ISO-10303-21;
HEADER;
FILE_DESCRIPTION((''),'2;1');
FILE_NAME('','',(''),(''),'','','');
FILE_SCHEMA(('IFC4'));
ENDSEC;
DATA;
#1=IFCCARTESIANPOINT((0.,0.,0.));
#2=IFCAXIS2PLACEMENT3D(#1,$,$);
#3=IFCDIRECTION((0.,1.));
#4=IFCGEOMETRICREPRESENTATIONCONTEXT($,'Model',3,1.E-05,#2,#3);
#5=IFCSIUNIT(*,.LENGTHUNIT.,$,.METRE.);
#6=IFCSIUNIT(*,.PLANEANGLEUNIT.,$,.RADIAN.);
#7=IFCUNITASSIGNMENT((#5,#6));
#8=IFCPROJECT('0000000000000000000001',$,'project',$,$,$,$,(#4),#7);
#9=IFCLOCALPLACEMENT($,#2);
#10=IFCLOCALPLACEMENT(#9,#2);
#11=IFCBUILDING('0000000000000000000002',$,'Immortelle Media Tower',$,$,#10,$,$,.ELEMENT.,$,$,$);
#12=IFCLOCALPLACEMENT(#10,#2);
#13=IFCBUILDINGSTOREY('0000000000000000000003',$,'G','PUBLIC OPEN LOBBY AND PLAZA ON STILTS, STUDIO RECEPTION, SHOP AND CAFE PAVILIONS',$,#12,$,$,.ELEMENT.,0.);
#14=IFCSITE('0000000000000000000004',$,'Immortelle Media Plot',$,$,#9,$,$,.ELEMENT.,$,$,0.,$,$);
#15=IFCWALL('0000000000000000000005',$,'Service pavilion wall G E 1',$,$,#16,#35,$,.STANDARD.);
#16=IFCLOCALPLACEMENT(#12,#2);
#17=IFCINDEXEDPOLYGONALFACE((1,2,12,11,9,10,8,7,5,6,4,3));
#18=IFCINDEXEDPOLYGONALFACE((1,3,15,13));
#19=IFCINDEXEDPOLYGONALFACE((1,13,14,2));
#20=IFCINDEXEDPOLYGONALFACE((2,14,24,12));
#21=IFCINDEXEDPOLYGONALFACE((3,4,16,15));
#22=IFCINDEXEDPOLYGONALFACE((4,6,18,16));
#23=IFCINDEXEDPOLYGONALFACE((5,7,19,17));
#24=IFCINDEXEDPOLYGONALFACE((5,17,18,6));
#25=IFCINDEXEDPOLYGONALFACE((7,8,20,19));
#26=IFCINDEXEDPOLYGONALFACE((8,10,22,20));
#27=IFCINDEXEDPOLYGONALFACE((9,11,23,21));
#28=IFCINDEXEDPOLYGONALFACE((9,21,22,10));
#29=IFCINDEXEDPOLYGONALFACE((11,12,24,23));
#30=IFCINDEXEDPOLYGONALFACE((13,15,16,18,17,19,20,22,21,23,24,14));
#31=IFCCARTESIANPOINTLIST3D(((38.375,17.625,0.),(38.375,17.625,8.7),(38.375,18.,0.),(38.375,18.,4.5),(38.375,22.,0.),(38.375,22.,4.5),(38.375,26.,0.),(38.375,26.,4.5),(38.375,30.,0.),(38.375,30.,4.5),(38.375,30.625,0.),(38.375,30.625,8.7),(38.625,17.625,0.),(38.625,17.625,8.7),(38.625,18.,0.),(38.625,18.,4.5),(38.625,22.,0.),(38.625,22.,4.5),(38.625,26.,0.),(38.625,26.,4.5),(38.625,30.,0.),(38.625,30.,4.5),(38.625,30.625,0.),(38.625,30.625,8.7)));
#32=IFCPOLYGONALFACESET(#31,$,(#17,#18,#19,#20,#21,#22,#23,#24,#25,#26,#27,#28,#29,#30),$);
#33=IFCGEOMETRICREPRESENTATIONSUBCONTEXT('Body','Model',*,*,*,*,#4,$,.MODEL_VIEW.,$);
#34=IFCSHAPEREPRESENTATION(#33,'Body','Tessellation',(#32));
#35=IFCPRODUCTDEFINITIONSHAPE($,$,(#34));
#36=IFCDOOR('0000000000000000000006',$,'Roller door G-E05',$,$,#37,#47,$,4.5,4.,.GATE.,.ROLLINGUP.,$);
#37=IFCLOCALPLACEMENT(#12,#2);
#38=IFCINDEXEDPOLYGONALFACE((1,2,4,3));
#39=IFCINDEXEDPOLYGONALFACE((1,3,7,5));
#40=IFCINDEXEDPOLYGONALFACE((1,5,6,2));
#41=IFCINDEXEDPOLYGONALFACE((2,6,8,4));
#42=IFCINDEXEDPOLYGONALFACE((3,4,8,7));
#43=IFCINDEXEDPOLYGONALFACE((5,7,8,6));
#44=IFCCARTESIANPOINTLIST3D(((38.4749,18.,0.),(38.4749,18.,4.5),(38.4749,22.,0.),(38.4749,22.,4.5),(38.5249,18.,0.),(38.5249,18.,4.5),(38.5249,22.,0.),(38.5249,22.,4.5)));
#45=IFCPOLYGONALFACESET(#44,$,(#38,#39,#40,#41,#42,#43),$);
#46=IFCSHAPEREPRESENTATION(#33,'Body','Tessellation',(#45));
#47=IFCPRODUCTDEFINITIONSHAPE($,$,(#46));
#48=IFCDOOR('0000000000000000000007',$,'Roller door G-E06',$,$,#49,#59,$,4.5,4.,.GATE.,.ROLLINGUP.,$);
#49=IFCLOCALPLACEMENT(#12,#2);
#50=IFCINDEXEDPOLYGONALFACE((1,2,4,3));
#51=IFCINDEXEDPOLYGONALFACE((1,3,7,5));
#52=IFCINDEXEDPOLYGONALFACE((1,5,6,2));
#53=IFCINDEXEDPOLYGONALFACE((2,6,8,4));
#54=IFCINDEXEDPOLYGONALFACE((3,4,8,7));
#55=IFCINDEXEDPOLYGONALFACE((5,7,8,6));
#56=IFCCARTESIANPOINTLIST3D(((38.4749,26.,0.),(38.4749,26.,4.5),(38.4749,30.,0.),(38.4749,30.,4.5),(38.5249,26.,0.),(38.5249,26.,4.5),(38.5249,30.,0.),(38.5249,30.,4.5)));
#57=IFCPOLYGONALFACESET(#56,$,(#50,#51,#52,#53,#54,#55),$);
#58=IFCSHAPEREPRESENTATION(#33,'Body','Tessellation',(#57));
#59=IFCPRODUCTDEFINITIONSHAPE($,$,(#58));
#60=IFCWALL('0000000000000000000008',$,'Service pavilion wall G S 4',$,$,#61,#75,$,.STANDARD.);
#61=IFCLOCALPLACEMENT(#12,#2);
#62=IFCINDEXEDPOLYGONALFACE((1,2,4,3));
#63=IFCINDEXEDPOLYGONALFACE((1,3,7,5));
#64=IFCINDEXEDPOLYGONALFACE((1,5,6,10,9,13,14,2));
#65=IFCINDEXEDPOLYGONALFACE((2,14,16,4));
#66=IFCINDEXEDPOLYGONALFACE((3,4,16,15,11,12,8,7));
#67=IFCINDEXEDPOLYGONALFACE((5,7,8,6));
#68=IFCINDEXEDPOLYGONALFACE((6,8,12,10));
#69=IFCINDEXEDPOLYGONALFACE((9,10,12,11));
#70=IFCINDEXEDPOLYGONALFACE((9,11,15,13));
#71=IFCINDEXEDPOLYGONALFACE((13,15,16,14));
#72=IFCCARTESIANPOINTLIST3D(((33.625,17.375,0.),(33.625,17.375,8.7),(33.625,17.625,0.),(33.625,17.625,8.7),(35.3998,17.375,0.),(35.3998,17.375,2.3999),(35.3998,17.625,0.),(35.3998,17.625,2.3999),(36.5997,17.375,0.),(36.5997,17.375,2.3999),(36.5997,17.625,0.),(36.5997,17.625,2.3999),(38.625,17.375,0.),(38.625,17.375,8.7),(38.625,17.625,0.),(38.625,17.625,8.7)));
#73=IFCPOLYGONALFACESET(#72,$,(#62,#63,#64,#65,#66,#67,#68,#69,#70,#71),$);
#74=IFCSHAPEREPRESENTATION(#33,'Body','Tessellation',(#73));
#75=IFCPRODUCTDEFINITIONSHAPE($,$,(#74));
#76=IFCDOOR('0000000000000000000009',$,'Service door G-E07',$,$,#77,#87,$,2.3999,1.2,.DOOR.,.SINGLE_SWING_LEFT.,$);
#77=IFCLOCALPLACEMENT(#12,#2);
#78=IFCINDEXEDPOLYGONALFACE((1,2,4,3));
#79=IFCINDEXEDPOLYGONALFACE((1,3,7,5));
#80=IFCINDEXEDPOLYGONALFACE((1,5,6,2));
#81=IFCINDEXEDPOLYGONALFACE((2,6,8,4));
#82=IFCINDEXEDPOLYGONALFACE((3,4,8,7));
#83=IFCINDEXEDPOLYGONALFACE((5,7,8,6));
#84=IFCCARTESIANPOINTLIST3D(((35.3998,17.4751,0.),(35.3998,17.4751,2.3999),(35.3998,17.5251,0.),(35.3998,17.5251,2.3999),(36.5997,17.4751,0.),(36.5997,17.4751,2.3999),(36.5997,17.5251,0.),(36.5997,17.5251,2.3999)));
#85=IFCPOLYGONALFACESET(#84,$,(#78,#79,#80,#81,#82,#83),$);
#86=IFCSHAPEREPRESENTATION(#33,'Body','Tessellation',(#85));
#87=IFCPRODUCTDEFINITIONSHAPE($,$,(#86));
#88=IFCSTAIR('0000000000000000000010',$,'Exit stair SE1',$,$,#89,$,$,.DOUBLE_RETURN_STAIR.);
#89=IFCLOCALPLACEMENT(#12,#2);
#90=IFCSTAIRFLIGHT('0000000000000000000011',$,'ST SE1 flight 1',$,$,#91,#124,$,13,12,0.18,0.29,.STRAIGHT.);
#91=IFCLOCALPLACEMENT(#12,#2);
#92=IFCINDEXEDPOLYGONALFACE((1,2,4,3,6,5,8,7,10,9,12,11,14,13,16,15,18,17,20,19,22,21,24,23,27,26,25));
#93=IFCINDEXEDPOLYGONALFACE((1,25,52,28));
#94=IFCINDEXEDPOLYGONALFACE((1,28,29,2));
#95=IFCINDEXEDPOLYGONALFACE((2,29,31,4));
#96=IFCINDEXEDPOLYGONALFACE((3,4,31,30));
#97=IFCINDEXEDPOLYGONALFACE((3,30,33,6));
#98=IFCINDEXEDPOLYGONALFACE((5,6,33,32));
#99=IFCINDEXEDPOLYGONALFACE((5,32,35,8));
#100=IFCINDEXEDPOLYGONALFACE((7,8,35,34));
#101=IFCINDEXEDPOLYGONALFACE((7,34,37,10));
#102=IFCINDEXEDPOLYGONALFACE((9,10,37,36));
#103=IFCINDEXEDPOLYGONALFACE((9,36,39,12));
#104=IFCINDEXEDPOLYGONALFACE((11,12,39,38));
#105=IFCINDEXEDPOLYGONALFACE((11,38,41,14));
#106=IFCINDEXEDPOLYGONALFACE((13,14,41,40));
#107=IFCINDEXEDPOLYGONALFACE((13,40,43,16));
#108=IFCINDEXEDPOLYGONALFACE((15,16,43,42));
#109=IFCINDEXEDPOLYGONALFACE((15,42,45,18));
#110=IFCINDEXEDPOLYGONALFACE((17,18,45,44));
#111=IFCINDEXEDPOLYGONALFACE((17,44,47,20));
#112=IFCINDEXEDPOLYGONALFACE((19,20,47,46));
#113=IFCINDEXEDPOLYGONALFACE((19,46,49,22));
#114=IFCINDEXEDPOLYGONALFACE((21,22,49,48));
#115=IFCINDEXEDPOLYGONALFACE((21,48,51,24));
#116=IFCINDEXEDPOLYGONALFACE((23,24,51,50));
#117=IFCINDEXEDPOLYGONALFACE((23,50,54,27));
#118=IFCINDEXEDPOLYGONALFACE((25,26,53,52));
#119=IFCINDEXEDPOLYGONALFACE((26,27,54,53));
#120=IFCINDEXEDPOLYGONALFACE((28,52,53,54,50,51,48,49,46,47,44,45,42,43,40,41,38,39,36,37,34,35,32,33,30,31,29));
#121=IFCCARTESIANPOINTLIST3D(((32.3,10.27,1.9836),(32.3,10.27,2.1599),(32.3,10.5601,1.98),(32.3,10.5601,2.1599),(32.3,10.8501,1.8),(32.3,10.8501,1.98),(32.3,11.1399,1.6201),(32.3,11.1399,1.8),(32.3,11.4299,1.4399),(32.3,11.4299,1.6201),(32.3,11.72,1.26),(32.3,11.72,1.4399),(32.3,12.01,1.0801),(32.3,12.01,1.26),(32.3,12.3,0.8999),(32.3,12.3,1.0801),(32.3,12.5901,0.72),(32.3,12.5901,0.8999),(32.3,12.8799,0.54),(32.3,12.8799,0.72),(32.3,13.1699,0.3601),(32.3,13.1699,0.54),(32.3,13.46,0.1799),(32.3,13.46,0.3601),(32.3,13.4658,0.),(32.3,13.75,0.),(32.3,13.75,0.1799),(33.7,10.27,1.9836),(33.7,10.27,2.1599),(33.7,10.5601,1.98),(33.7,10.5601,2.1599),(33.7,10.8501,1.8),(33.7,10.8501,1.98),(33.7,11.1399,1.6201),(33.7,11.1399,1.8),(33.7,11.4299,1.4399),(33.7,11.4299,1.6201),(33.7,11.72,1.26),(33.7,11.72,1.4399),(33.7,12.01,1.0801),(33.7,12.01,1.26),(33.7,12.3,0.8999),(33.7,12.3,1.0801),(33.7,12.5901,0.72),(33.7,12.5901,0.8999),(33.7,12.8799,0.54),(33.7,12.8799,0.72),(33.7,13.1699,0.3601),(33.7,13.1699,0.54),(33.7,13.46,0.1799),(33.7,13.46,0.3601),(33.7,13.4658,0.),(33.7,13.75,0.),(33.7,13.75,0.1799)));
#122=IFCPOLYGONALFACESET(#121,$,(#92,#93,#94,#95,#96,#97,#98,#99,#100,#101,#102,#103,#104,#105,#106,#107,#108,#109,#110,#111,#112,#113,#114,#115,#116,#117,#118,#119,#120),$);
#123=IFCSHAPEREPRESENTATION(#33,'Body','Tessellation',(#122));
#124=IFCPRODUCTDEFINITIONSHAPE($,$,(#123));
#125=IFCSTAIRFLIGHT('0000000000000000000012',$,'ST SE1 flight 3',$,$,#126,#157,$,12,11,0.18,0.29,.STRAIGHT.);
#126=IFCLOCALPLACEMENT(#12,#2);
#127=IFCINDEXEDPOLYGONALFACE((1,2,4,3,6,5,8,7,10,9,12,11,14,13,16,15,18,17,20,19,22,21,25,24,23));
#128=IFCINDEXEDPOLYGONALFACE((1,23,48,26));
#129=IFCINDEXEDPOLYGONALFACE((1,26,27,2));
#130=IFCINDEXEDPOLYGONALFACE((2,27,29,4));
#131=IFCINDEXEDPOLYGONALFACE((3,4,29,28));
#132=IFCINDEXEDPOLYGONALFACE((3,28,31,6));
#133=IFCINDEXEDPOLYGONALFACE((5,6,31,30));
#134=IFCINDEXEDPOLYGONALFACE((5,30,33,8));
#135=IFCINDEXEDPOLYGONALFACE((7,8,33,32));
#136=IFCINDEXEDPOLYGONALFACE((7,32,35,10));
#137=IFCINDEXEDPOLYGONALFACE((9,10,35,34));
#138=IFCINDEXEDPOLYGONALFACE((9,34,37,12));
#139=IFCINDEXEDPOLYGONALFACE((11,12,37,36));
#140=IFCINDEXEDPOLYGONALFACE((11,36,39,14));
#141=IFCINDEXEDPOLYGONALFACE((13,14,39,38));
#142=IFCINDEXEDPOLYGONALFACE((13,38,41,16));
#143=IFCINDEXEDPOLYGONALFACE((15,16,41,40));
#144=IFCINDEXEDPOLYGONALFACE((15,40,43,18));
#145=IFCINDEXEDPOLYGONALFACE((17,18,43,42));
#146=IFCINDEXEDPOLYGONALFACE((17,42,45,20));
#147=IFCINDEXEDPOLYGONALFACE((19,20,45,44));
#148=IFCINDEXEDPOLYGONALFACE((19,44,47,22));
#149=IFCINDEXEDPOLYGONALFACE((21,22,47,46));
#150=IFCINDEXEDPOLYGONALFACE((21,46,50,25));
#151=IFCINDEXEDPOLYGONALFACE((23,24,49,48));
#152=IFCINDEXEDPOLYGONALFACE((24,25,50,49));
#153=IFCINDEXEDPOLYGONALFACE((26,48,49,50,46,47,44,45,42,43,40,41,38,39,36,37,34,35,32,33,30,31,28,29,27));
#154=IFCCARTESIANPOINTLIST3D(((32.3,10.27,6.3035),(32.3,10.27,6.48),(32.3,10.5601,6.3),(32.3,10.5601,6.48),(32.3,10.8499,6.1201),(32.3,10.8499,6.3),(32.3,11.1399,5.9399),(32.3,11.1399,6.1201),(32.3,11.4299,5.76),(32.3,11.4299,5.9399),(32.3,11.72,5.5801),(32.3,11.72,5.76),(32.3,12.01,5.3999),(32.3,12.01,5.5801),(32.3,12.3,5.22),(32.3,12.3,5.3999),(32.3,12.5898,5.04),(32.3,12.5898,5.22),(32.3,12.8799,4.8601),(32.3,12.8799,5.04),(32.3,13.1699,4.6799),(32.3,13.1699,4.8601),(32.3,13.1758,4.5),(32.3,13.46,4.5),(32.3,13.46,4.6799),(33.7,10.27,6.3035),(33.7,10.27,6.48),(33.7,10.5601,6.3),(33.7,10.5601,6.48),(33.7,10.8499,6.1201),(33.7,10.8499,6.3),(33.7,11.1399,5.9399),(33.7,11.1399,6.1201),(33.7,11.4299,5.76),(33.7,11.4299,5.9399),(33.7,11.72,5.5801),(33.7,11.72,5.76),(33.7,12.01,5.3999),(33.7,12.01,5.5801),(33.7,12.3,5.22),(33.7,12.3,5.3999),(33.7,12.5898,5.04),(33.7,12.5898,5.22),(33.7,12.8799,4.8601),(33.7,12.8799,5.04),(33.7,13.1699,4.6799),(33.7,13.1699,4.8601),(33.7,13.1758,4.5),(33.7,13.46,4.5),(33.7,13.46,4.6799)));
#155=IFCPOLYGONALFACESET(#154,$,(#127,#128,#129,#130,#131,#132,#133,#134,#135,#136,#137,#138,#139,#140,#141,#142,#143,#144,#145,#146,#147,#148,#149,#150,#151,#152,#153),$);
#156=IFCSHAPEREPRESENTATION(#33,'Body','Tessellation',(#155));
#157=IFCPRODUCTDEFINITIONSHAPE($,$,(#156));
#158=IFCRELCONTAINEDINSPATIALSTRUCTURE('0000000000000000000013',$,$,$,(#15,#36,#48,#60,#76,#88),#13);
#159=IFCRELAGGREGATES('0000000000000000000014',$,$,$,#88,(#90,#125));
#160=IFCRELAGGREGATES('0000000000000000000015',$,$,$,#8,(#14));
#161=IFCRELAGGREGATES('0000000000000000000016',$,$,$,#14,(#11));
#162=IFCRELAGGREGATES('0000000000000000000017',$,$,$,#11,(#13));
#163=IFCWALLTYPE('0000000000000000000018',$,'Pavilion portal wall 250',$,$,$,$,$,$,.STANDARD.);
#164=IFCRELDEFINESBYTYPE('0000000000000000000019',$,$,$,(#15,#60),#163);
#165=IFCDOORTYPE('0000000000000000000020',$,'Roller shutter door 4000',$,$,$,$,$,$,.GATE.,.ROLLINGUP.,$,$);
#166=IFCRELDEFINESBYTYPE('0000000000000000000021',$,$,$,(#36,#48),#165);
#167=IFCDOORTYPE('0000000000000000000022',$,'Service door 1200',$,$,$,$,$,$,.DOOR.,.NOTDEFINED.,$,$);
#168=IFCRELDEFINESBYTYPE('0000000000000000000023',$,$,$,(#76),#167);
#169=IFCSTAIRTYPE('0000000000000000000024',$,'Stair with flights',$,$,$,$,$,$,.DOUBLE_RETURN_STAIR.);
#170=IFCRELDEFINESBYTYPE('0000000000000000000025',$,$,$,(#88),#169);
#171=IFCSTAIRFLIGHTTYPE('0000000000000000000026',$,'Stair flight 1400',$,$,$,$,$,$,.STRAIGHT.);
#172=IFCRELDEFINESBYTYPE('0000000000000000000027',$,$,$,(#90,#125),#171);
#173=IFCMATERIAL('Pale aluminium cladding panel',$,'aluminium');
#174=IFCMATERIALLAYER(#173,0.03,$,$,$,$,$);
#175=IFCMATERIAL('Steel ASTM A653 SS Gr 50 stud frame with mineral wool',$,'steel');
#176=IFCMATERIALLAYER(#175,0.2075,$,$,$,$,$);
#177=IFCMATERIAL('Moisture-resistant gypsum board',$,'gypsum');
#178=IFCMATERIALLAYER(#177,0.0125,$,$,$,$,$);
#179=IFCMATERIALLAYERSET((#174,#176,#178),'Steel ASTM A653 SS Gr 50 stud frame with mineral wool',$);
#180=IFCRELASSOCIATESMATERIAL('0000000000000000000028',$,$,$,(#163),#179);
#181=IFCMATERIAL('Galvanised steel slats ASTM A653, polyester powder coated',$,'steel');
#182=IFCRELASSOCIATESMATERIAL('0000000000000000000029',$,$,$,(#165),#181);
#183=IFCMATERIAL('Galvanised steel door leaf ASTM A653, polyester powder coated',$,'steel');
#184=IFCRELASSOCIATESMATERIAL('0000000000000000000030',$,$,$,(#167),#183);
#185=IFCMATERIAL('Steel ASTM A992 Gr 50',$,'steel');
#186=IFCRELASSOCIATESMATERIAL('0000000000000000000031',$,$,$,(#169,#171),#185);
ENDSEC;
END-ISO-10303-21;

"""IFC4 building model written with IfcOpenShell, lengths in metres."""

from ifc_helpers import new_model, si_unit, direction, frame, frame_2d, origin, place, context, subcontext, project, spatial, polyline, rectangle, outline, extrude, material, layer, layer_set, type_object, element, fill, aggregate, save


model = new_model("IFC4")

# Units and contexts
model_context = context("Model", 3, precision=1e-05, world=origin(), true_north=direction((0.0, 1.0)))
body_context = subcontext(model_context, "Body", "Model", "MODEL_VIEW")
ifc_project = project(units=[si_unit("LENGTHUNIT", "METRE"), si_unit("PLANEANGLEUNIT", "RADIAN")], contexts=[model_context])

# Site, building, storey
site_placement = place(None, origin())
site = spatial("IfcSite", under=ifc_project, at=site_placement, Name="Immortelle Media Plot", CompositionType="ELEMENT", RefElevation=0.0)
building_placement = place(site_placement, origin())
building = spatial("IfcBuilding", under=site, at=building_placement, Name="Immortelle Media Tower", CompositionType="ELEMENT")
storey_placement = place(building_placement, origin())
storey = spatial("IfcBuildingStorey", under=building, at=storey_placement, Name="G", Description="PUBLIC OPEN LOBBY AND PLAZA ON STILTS, STUDIO RECEPTION, SHOP AND CAFE PAVILIONS", CompositionType="ELEMENT", Elevation=0.0)

# Shared definitions
ifc_material_1 = material(Name="Steel ASTM A992 Gr 50", Category="steel")

# Wall, openings, doors
ifc_material_2 = material(Name="Pale aluminium cladding panel", Category="aluminium")
ifc_layer_1 = layer(ifc_material_2, 0.03)
ifc_material_3 = material(Name="Steel ASTM A653 SS Gr 50 stud frame with mineral wool", Category="steel")
ifc_layer_2 = layer(ifc_material_3, 0.2075)
ifc_material_4 = material(Name="Moisture-resistant gypsum board", Category="gypsum")
ifc_layer_3 = layer(ifc_material_4, 0.0125)
ifc_layer_set_1 = layer_set([ifc_layer_1, ifc_layer_2, ifc_layer_3], Name="Steel ASTM A653 SS Gr 50 stud frame with mineral wool")
wall_type = type_object("IfcWallType", Name="Pavilion portal wall 250", PredefinedType="STANDARD", material=ifc_layer_set_1)
wall_1_placement = place(storey_placement, frame((38.5, 17.625, 0.0), z_axis=(0.0, 0.0, 1.0), x_axis=(0.0, 1.0, 0.0)))
wall_1 = element("IfcWall", 1, at=wall_1_placement, inside=storey, type_object=wall_type, Name="Service pavilion wall G E 1", PredefinedType="STANDARD", context=body_context, shape_type="SweptSolid", body=[
    extrude(rectangle(XDim=13.0, YDim=0.25, at=frame_2d((6.5, 0.0))), origin(), (0.0, 0.0, 1.0), 8.7),
])
opening_1_placement = place(wall_1_placement, frame((4.375, 0.0, 0.0), z_axis=(0.0, 0.0, 1.0), x_axis=(-1.0, 0.0, 0.0)))
opening_1 = element("IfcOpeningElement", 2, at=opening_1_placement, cuts=wall_1, PredefinedType="OPENING", context=body_context, shape_type="SweptSolid", body=[
    extrude(rectangle(XDim=4.0, YDim=4.5, at=frame_2d((2.0, 2.25))), frame((0.0, 0.135, 0.0), z_axis=(0.0, -1.0, 0.0), x_axis=(1.0, 0.0, 0.0)), (0.0, 0.0, 1.0), 0.27),
])
opening_2_placement = place(wall_1_placement, frame((12.375, 0.0, 0.0), z_axis=(0.0, 0.0, 1.0), x_axis=(-1.0, 0.0, 0.0)))
opening_2 = element("IfcOpeningElement", 3, at=opening_2_placement, cuts=wall_1, PredefinedType="OPENING", context=body_context, shape_type="SweptSolid", body=[
    extrude(rectangle(XDim=4.0, YDim=4.5, at=frame_2d((2.0, 2.25))), frame((0.0, 0.135, 0.0), z_axis=(0.0, -1.0, 0.0), x_axis=(1.0, 0.0, 0.0)), (0.0, 0.0, 1.0), 0.27),
])
ifc_material_5 = material(Name="Galvanised steel slats ASTM A653, polyester powder coated", Category="steel")
door_type_1 = type_object("IfcDoorType", Name="Roller shutter door 4000", OperationType="ROLLINGUP", PredefinedType="GATE", material=ifc_material_5)
door_1_placement = place(opening_1_placement, origin())
door_1 = element("IfcDoor", 4, at=door_1_placement, inside=storey, type_object=door_type_1, Name="Roller door G-E05", OperationType="ROLLINGUP", OverallHeight=4.5, OverallWidth=4.0, PredefinedType="GATE", context=body_context, shape_type="SweptSolid", body=[
    extrude(rectangle(XDim=4.0, YDim=4.5, at=frame_2d((2.0, 2.25))), frame((0.0, 0.0249, 0.0), z_axis=(0.0, -1.0, 0.0), x_axis=(1.0, 0.0, 0.0)), (0.0, 0.0, 1.0), 0.05),
])
fill(opening_1, door_1)
door_2_placement = place(opening_2_placement, origin())
door_2 = element("IfcDoor", 5, at=door_2_placement, inside=storey, type_object=door_type_1, Name="Roller door G-E06", OperationType="ROLLINGUP", OverallHeight=4.5, OverallWidth=4.0, PredefinedType="GATE", context=body_context, shape_type="SweptSolid", body=[
    extrude(rectangle(XDim=4.0, YDim=4.5, at=frame_2d((2.0, 2.25))), frame((0.0, 0.0249, 0.0), z_axis=(0.0, -1.0, 0.0), x_axis=(1.0, 0.0, 0.0)), (0.0, 0.0, 1.0), 0.05),
])
fill(opening_2, door_2)

# Wall, opening, door
wall_2_placement = place(storey_placement, frame((33.625, 17.5, 0.0), z_axis=(0.0, 0.0, 1.0), x_axis=(1.0, 0.0, 0.0)))
wall_2 = element("IfcWall", 6, at=wall_2_placement, inside=storey, type_object=wall_type, Name="Service pavilion wall G S 4", PredefinedType="STANDARD", context=body_context, shape_type="SweptSolid", body=[
    extrude(rectangle(XDim=5.0, YDim=0.25, at=frame_2d((2.5, 0.0))), origin(), (0.0, 0.0, 1.0), 8.7),
])
opening_3_placement = place(wall_2_placement, frame((2.9749, 0.0, 0.0), z_axis=(0.0, 0.0, 1.0), x_axis=(-1.0, 0.0, 0.0)))
opening_3 = element("IfcOpeningElement", 7, at=opening_3_placement, cuts=wall_2, PredefinedType="OPENING", context=body_context, shape_type="SweptSolid", body=[
    extrude(rectangle(XDim=1.2, YDim=2.3999, at=frame_2d((0.6001, 1.2))), frame((0.0, 0.135, 0.0), z_axis=(0.0, -1.0, 0.0), x_axis=(1.0, 0.0, 0.0)), (0.0, 0.0, 1.0), 0.27),
])
ifc_material_6 = material(Name="Galvanised steel door leaf ASTM A653, polyester powder coated", Category="steel")
door_type_2 = type_object("IfcDoorType", Name="Service door 1200", OperationType="NOTDEFINED", PredefinedType="DOOR", material=ifc_material_6)
door_3_placement = place(opening_3_placement, origin())
door_3 = element("IfcDoor", 8, at=door_3_placement, inside=storey, type_object=door_type_2, Name="Service door G-E07", OperationType="SINGLE_SWING_LEFT", OverallHeight=2.3999, OverallWidth=1.2, PredefinedType="DOOR", context=body_context, shape_type="SweptSolid", body=[
    extrude(rectangle(XDim=1.2, YDim=2.3999, at=frame_2d((0.6001, 1.2))), frame((0.0, 0.0249, 0.0), z_axis=(0.0, -1.0, 0.0), x_axis=(1.0, 0.0, 0.0)), (0.0, 0.0, 1.0), 0.05),
])
fill(opening_3, door_3)

# Stair, stair flights
stair_type = type_object("IfcStairType", Name="Stair with flights", PredefinedType="DOUBLE_RETURN_STAIR", material=ifc_material_1)
stair_1_placement = place(storey_placement, origin())
stair_1 = element("IfcStair", 9, at=stair_1_placement, inside=storey, type_object=stair_type, Name="Exit stair SE1", PredefinedType="DOUBLE_RETURN_STAIR")
stair_flight_type = type_object("IfcStairFlightType", Name="Stair flight 1400", PredefinedType="STRAIGHT", material=ifc_material_1)
stair_flight_1_placement = place(storey_placement, frame((33.0, 13.75, 0.0), z_axis=(0.0, 0.0, 1.0), x_axis=(0.0, -1.0, 0.0)))
stair_flight_1 = element("IfcStairFlight", 10, at=stair_flight_1_placement, type_object=stair_flight_type, Name="ST SE1 flight 1", NumberOfRisers=13, NumberOfTreads=12, PredefinedType="STRAIGHT", RiserHeight=0.18, TreadLength=0.29, context=body_context, shape_type="SweptSolid", body=[
    extrude(outline(polyline([(0.0, 0.0), (0.0, 0.1799), (0.29, 0.1799), (0.29, 0.3601), (0.5801, 0.3601), (0.5801, 0.54), (0.8701, 0.54), (0.8701, 0.72), (1.1599, 0.72), (1.1599, 0.8999), (1.45, 0.8999), (1.45, 1.0801), (1.74, 1.0801), (1.74, 1.26), (2.03, 1.26), (2.03, 1.4399), (2.3201, 1.4399), (2.3201, 1.6201), (2.6101, 1.6201), (2.6101, 1.8), (2.8999, 1.8), (2.8999, 1.98), (3.1899, 1.98), (3.1899, 2.1599), (3.48, 2.1599), (3.48, 2.3401), (3.48, 1.9836), (0.2842, 0.0), (0.0, 0.0)])), frame((0.0, 0.7, 0.0), z_axis=(0.0, -1.0, 0.0), x_axis=(1.0, 0.0, 0.0)), (0.0, 0.0, 1.0), 1.3999),
])
stair_flight_2_placement = place(storey_placement, frame((33.0, 13.46, 4.5), z_axis=(0.0, 0.0, 1.0), x_axis=(0.0, -1.0, 0.0)))
stair_flight_2 = element("IfcStairFlight", 11, at=stair_flight_2_placement, type_object=stair_flight_type, Name="ST SE1 flight 3", NumberOfRisers=12, NumberOfTreads=11, PredefinedType="STRAIGHT", RiserHeight=0.18, TreadLength=0.29, context=body_context, shape_type="SweptSolid", body=[
    extrude(outline(polyline([(0.0, 0.0), (0.0, 0.1799), (0.29, 0.1799), (0.29, 0.3601), (0.5801, 0.3601), (0.5801, 0.54), (0.8701, 0.54), (0.8701, 0.72), (1.1599, 0.72), (1.1599, 0.8999), (1.45, 0.8999), (1.45, 1.0801), (1.74, 1.0801), (1.74, 1.26), (2.03, 1.26), (2.03, 1.4399), (2.3201, 1.4399), (2.3201, 1.6201), (2.6101, 1.6201), (2.6101, 1.8), (2.8999, 1.8), (2.8999, 1.98), (3.1899, 1.98), (3.1899, 2.1599), (3.1899, 1.8035), (0.2842, 0.0), (0.0, 0.0)])), frame((0.0, 0.7, 0.0), z_axis=(0.0, -1.0, 0.0), x_axis=(1.0, 0.0, 0.0)), (0.0, 0.0, 1.0), 1.3999),
])
aggregate(stair_1, [stair_flight_1, stair_flight_2])

save(model, "model.ifc")
